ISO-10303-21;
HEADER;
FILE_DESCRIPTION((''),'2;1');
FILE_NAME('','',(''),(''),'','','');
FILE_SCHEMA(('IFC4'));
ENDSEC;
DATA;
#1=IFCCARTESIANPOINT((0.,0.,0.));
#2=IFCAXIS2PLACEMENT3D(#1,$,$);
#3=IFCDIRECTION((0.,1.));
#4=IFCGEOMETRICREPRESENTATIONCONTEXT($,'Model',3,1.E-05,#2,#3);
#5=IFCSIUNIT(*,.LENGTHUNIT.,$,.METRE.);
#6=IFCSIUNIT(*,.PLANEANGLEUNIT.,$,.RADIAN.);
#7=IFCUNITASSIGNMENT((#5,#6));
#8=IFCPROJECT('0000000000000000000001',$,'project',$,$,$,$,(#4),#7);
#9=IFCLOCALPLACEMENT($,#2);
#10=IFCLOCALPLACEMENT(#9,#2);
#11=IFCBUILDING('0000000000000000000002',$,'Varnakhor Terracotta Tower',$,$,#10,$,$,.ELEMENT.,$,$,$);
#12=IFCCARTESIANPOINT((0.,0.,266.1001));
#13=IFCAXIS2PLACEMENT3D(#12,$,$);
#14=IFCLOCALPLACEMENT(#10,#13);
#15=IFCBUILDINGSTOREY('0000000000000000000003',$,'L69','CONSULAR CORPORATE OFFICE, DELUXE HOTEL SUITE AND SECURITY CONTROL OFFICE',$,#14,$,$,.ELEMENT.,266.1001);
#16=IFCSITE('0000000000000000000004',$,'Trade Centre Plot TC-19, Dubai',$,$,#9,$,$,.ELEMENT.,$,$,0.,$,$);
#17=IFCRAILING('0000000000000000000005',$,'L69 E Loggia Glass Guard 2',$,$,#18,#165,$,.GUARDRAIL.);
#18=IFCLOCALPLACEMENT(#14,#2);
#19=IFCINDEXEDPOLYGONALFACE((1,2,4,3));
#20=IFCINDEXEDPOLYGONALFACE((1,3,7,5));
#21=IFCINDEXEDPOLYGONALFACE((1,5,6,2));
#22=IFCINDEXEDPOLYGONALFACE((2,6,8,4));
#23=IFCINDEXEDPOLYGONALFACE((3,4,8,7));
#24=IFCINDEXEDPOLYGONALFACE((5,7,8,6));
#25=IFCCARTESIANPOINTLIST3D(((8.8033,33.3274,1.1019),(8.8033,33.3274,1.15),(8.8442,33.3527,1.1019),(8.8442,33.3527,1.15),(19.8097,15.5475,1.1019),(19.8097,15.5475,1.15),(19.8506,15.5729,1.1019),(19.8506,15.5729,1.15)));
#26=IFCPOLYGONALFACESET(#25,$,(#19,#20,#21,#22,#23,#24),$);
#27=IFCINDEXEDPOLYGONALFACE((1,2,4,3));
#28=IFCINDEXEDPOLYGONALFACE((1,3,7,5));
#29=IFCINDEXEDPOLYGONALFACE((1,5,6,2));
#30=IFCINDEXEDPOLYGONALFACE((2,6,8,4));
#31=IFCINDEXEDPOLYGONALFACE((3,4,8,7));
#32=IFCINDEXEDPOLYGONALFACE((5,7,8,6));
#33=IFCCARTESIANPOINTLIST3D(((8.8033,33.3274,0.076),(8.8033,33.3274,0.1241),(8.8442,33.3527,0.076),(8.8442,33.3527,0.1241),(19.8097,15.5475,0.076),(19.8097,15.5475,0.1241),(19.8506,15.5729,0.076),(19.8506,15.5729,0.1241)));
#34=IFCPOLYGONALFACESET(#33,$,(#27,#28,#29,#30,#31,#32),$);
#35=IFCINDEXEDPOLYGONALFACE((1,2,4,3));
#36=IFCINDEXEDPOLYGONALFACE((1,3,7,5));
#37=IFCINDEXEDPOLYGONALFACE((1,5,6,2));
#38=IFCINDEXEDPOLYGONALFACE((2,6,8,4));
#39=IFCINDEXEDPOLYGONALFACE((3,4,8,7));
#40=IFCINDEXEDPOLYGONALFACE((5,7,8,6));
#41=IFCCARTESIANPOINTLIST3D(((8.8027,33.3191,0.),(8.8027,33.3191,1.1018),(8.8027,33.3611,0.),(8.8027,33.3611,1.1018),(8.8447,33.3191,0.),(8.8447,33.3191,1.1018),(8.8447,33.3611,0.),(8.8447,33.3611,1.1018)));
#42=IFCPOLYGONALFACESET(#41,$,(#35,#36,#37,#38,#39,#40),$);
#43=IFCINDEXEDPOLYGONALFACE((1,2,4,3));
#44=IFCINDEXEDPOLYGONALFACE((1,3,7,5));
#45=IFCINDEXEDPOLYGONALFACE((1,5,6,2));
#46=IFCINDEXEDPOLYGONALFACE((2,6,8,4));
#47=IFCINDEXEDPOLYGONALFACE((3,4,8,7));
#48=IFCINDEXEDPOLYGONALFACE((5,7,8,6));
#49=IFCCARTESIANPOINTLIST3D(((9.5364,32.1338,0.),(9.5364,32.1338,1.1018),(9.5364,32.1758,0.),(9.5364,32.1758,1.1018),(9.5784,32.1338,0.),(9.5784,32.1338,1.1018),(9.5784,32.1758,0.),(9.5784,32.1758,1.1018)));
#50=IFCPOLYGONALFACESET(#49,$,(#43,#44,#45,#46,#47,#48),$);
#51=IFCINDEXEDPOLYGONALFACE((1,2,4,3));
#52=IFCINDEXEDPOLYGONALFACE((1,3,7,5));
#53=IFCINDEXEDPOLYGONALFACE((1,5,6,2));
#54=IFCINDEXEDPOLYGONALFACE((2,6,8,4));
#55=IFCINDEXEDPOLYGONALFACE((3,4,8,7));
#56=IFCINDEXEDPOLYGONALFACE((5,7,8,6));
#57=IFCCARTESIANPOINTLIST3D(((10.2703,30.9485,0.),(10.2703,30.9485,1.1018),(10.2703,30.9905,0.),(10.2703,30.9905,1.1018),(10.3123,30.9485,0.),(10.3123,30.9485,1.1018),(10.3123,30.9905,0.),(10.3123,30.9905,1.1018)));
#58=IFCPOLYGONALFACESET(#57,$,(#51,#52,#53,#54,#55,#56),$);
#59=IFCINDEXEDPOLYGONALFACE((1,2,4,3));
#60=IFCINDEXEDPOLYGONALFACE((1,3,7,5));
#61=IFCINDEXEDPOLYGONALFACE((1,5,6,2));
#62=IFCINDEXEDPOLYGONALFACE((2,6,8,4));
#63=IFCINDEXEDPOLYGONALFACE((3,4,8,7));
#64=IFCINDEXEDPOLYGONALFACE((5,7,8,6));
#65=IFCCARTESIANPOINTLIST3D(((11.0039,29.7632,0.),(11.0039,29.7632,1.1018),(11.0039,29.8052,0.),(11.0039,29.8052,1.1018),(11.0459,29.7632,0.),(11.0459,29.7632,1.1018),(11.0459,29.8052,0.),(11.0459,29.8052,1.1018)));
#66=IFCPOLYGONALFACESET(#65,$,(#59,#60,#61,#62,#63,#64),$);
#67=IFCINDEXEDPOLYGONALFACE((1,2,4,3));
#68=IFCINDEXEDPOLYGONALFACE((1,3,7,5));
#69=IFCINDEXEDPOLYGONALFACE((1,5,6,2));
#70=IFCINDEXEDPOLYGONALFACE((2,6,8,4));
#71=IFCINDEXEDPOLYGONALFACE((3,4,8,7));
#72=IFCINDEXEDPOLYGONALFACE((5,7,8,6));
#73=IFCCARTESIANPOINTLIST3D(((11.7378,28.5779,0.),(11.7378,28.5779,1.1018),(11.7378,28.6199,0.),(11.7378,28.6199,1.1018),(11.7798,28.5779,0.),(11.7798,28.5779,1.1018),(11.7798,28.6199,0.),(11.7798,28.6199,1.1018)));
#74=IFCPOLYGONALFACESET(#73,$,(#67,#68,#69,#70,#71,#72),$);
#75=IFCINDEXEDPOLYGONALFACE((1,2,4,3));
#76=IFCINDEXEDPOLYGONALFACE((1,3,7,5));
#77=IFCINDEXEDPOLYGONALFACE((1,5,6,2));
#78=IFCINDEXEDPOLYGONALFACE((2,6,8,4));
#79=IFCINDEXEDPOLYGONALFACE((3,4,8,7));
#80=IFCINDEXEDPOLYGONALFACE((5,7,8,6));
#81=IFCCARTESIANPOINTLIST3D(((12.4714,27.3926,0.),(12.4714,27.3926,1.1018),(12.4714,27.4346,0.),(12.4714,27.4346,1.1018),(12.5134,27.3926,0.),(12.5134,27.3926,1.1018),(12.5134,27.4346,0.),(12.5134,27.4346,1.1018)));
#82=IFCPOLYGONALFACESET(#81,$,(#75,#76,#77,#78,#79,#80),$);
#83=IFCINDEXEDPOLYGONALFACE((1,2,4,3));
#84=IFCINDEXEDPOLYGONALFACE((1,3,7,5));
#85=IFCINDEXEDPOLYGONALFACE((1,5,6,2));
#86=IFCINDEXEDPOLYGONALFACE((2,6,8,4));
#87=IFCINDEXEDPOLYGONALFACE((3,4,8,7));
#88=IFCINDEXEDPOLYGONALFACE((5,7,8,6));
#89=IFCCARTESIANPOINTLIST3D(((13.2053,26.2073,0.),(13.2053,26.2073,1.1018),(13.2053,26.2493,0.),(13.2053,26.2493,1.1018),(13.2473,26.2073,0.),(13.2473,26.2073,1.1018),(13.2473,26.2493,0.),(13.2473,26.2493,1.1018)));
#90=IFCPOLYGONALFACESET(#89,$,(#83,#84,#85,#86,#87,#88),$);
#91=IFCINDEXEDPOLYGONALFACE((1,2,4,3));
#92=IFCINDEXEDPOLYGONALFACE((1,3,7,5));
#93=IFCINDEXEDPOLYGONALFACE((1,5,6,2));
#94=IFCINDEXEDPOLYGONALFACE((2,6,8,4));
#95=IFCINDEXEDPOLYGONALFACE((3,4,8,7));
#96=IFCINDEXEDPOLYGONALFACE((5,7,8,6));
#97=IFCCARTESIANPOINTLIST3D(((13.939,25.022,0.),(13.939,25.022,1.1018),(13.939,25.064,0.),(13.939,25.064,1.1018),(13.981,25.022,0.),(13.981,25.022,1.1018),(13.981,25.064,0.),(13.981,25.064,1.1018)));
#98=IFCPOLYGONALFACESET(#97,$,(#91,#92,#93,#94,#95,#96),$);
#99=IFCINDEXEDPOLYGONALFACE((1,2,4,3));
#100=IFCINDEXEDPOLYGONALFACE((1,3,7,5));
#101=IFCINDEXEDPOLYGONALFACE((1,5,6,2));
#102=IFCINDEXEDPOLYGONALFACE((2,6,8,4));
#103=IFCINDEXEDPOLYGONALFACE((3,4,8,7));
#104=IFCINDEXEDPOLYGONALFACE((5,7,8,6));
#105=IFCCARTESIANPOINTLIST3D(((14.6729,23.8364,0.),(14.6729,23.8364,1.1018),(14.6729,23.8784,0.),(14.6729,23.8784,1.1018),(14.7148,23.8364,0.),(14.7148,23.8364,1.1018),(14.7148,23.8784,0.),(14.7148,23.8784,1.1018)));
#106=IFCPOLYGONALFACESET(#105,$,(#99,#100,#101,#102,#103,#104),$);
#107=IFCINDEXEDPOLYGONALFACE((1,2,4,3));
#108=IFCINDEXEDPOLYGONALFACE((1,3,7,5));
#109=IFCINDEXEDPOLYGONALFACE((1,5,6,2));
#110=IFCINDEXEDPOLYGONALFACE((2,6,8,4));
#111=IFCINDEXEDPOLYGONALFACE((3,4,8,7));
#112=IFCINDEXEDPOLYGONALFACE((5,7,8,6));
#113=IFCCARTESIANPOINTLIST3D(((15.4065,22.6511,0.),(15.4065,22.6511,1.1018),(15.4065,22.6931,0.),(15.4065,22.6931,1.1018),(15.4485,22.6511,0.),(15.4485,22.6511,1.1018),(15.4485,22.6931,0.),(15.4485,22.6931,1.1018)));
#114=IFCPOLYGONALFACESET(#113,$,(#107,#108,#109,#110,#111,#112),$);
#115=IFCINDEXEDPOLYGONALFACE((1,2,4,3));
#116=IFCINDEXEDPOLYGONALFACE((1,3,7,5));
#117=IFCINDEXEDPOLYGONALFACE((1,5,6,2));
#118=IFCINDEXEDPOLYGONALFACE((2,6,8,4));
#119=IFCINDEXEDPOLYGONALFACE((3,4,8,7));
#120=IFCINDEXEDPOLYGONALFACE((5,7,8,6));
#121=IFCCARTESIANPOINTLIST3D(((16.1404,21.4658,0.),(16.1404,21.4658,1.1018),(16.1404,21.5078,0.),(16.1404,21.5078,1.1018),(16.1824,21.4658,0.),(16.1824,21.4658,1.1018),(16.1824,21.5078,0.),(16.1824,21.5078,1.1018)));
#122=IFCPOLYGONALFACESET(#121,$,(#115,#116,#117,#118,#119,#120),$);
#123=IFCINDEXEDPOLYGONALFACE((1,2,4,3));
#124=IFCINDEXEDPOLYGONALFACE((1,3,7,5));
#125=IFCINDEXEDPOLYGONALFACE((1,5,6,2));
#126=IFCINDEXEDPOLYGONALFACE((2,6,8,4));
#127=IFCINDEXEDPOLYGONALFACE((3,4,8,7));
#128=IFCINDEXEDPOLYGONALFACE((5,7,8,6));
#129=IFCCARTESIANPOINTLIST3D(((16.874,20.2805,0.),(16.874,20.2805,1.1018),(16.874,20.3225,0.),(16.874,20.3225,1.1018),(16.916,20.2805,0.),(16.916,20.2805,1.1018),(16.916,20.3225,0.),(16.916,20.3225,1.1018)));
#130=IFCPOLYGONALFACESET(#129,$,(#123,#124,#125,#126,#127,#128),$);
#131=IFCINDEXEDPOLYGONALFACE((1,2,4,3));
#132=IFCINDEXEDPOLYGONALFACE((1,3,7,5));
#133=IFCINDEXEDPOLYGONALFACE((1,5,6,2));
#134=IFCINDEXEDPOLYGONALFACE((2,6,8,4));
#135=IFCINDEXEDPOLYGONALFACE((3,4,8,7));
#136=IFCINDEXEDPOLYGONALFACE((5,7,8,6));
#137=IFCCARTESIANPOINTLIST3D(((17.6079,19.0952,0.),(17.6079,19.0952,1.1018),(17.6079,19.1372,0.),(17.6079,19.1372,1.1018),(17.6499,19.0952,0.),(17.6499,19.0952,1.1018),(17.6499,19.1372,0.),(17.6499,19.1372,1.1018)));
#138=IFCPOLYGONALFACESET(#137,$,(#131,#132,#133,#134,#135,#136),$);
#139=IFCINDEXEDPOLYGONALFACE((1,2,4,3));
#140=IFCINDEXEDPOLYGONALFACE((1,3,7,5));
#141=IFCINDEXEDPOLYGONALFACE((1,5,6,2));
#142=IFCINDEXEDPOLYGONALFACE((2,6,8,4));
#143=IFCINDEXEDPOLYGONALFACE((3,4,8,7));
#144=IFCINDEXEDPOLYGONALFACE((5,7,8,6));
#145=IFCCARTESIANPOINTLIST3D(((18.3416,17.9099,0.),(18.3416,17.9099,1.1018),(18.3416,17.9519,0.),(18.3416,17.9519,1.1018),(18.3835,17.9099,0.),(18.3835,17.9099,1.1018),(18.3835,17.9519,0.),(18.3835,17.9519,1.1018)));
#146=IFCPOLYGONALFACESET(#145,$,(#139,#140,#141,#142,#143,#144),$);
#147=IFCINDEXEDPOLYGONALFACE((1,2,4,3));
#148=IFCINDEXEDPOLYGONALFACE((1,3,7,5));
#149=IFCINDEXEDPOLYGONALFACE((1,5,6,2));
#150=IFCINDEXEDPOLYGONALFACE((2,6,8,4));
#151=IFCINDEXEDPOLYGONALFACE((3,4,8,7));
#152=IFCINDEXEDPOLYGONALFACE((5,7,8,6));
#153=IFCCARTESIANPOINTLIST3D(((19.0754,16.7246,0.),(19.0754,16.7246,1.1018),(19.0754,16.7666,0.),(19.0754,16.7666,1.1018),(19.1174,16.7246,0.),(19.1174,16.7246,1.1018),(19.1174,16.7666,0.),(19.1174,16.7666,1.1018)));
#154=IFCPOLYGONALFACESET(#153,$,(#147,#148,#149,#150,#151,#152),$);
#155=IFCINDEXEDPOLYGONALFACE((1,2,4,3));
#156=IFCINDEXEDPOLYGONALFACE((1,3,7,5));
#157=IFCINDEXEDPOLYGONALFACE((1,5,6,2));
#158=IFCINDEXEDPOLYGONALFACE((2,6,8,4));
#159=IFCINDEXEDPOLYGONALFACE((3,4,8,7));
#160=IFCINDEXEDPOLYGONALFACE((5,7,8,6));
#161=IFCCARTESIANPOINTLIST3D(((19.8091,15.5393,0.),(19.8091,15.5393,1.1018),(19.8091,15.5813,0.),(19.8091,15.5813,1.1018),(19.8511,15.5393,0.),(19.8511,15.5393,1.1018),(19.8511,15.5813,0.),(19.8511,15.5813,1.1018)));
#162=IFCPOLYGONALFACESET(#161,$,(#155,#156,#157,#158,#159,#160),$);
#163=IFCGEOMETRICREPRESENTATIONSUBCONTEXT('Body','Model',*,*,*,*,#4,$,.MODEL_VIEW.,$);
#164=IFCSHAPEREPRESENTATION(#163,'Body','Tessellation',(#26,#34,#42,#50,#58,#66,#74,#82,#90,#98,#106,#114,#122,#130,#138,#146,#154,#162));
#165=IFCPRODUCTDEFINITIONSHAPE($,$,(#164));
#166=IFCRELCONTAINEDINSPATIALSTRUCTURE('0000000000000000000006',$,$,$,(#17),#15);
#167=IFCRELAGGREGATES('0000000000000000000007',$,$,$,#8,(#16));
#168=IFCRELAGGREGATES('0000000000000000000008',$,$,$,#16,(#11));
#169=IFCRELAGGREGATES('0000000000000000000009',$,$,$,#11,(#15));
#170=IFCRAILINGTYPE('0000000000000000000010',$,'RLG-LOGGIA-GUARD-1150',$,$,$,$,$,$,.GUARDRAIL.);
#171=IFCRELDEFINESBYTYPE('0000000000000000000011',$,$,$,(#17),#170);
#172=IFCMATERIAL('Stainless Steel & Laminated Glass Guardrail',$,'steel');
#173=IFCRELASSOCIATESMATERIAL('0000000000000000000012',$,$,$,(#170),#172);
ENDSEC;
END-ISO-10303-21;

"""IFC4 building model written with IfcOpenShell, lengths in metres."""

from ifc_helpers import new_model, si_unit, direction, frame, origin, origin_2d, place, context, subcontext, project, spatial, rectangle, extrude, material, type_object, element, save


model = new_model("IFC4")

# Units and contexts
model_context = context("Model", 3, precision=1e-05, world=origin(), true_north=direction((0.0, 1.0)))
body_context = subcontext(model_context, "Body", "Model", "MODEL_VIEW")
ifc_project = project(units=[si_unit("LENGTHUNIT", "METRE"), si_unit("PLANEANGLEUNIT", "RADIAN")], contexts=[model_context])

# Site, building, storey
site_placement = place(None, origin())
site = spatial("IfcSite", under=ifc_project, at=site_placement, Name="Trade Centre Plot TC-19, Dubai", CompositionType="ELEMENT", RefElevation=0.0)
building_placement = place(site_placement, origin())
building = spatial("IfcBuilding", under=site, at=building_placement, Name="Varnakhor Terracotta Tower", CompositionType="ELEMENT")
storey_placement = place(building_placement, frame((0.0, 0.0, 266.1001)))
storey = spatial("IfcBuildingStorey", under=building, at=storey_placement, Name="L69", Description="CONSULAR CORPORATE OFFICE, DELUXE HOTEL SUITE AND SECURITY CONTROL OFFICE", CompositionType="ELEMENT", Elevation=266.1001)

# Railing
ifc_material_1 = material(Name="Stainless Steel & Laminated Glass Guardrail", Category="steel")
railing_type = type_object("IfcRailingType", Name="RLG-LOGGIA-GUARD-1150", PredefinedType="GUARDRAIL", material=ifc_material_1)
railing_1_placement = place(storey_placement, frame((8.8237, 33.3401, 0.0)))
element("IfcRailing", 1, at=railing_1_placement, inside=storey, type_object=railing_type, Name="L69 E Loggia Glass Guard 2", PredefinedType="GUARDRAIL", context=body_context, shape_type="SweptSolid", body=[
    extrude(rectangle(XDim=0.0481, YDim=0.0481, at=origin_2d()), frame((0.0, 0.0, 1.126), z_axis=(0.526348, -0.850269, 0.0), x_axis=(0.850269, 0.526348, 0.0)), (0.0, 0.0, 1.0), 20.9109),
    extrude(rectangle(XDim=0.0481, YDim=0.0481, at=origin_2d()), frame((0.0, 0.0, 0.1001), z_axis=(0.526348, -0.850269, 0.0), x_axis=(0.850269, 0.526348, 0.0)), (0.0, 0.0, 1.0), 20.9109),
    extrude(rectangle(XDim=0.042, YDim=0.042, at=origin_2d()), origin(), (0.0, 0.0, 1.0), 1.1018),
    extrude(rectangle(XDim=0.042, YDim=0.042, at=origin_2d()), frame((0.7336, -1.1853, 0.0)), (0.0, 0.0, 1.0), 1.1018),
    extrude(rectangle(XDim=0.042, YDim=0.042, at=origin_2d()), frame((1.4675, -2.3706, 0.0)), (0.0, 0.0, 1.0), 1.1018),
    extrude(rectangle(XDim=0.042, YDim=0.042, at=origin_2d()), frame((2.2012, -3.5559, 0.0)), (0.0, 0.0, 1.0), 1.1018),
    extrude(rectangle(XDim=0.042, YDim=0.042, at=origin_2d()), frame((2.9351, -4.7412, 0.0)), (0.0, 0.0, 1.0), 1.1018),
    extrude(rectangle(XDim=0.042, YDim=0.042, at=origin_2d()), frame((3.6687, -5.9265, 0.0)), (0.0, 0.0, 1.0), 1.1018),
    extrude(rectangle(XDim=0.042, YDim=0.042, at=origin_2d()), frame((4.4026, -7.1118, 0.0)), (0.0, 0.0, 1.0), 1.1018),
    extrude(rectangle(XDim=0.042, YDim=0.042, at=origin_2d()), frame((5.1362, -8.2971, 0.0)), (0.0, 0.0, 1.0), 1.1018),
    extrude(rectangle(XDim=0.042, YDim=0.042, at=origin_2d()), frame((5.8701, -9.4827, 0.0)), (0.0, 0.0, 1.0), 1.1018),
    extrude(rectangle(XDim=0.042, YDim=0.042, at=origin_2d()), frame((6.6038, -10.668, 0.0)), (0.0, 0.0, 1.0), 1.1018),
    extrude(rectangle(XDim=0.042, YDim=0.042, at=origin_2d()), frame((7.3376, -11.8533, 0.0)), (0.0, 0.0, 1.0), 1.1018),
    extrude(rectangle(XDim=0.042, YDim=0.042, at=origin_2d()), frame((8.0713, -13.0386, 0.0)), (0.0, 0.0, 1.0), 1.1018),
    extrude(rectangle(XDim=0.042, YDim=0.042, at=origin_2d()), frame((8.8052, -14.2239, 0.0)), (0.0, 0.0, 1.0), 1.1018),
    extrude(rectangle(XDim=0.042, YDim=0.042, at=origin_2d()), frame((9.5388, -15.4092, 0.0)), (0.0, 0.0, 1.0), 1.1018),
    extrude(rectangle(XDim=0.042, YDim=0.042, at=origin_2d()), frame((10.2727, -16.5945, 0.0)), (0.0, 0.0, 1.0), 1.1018),
    extrude(rectangle(XDim=0.042, YDim=0.042, at=origin_2d()), frame((11.0063, -17.7798, 0.0)), (0.0, 0.0, 1.0), 1.1018),
])

save(model, "model.ifc")
